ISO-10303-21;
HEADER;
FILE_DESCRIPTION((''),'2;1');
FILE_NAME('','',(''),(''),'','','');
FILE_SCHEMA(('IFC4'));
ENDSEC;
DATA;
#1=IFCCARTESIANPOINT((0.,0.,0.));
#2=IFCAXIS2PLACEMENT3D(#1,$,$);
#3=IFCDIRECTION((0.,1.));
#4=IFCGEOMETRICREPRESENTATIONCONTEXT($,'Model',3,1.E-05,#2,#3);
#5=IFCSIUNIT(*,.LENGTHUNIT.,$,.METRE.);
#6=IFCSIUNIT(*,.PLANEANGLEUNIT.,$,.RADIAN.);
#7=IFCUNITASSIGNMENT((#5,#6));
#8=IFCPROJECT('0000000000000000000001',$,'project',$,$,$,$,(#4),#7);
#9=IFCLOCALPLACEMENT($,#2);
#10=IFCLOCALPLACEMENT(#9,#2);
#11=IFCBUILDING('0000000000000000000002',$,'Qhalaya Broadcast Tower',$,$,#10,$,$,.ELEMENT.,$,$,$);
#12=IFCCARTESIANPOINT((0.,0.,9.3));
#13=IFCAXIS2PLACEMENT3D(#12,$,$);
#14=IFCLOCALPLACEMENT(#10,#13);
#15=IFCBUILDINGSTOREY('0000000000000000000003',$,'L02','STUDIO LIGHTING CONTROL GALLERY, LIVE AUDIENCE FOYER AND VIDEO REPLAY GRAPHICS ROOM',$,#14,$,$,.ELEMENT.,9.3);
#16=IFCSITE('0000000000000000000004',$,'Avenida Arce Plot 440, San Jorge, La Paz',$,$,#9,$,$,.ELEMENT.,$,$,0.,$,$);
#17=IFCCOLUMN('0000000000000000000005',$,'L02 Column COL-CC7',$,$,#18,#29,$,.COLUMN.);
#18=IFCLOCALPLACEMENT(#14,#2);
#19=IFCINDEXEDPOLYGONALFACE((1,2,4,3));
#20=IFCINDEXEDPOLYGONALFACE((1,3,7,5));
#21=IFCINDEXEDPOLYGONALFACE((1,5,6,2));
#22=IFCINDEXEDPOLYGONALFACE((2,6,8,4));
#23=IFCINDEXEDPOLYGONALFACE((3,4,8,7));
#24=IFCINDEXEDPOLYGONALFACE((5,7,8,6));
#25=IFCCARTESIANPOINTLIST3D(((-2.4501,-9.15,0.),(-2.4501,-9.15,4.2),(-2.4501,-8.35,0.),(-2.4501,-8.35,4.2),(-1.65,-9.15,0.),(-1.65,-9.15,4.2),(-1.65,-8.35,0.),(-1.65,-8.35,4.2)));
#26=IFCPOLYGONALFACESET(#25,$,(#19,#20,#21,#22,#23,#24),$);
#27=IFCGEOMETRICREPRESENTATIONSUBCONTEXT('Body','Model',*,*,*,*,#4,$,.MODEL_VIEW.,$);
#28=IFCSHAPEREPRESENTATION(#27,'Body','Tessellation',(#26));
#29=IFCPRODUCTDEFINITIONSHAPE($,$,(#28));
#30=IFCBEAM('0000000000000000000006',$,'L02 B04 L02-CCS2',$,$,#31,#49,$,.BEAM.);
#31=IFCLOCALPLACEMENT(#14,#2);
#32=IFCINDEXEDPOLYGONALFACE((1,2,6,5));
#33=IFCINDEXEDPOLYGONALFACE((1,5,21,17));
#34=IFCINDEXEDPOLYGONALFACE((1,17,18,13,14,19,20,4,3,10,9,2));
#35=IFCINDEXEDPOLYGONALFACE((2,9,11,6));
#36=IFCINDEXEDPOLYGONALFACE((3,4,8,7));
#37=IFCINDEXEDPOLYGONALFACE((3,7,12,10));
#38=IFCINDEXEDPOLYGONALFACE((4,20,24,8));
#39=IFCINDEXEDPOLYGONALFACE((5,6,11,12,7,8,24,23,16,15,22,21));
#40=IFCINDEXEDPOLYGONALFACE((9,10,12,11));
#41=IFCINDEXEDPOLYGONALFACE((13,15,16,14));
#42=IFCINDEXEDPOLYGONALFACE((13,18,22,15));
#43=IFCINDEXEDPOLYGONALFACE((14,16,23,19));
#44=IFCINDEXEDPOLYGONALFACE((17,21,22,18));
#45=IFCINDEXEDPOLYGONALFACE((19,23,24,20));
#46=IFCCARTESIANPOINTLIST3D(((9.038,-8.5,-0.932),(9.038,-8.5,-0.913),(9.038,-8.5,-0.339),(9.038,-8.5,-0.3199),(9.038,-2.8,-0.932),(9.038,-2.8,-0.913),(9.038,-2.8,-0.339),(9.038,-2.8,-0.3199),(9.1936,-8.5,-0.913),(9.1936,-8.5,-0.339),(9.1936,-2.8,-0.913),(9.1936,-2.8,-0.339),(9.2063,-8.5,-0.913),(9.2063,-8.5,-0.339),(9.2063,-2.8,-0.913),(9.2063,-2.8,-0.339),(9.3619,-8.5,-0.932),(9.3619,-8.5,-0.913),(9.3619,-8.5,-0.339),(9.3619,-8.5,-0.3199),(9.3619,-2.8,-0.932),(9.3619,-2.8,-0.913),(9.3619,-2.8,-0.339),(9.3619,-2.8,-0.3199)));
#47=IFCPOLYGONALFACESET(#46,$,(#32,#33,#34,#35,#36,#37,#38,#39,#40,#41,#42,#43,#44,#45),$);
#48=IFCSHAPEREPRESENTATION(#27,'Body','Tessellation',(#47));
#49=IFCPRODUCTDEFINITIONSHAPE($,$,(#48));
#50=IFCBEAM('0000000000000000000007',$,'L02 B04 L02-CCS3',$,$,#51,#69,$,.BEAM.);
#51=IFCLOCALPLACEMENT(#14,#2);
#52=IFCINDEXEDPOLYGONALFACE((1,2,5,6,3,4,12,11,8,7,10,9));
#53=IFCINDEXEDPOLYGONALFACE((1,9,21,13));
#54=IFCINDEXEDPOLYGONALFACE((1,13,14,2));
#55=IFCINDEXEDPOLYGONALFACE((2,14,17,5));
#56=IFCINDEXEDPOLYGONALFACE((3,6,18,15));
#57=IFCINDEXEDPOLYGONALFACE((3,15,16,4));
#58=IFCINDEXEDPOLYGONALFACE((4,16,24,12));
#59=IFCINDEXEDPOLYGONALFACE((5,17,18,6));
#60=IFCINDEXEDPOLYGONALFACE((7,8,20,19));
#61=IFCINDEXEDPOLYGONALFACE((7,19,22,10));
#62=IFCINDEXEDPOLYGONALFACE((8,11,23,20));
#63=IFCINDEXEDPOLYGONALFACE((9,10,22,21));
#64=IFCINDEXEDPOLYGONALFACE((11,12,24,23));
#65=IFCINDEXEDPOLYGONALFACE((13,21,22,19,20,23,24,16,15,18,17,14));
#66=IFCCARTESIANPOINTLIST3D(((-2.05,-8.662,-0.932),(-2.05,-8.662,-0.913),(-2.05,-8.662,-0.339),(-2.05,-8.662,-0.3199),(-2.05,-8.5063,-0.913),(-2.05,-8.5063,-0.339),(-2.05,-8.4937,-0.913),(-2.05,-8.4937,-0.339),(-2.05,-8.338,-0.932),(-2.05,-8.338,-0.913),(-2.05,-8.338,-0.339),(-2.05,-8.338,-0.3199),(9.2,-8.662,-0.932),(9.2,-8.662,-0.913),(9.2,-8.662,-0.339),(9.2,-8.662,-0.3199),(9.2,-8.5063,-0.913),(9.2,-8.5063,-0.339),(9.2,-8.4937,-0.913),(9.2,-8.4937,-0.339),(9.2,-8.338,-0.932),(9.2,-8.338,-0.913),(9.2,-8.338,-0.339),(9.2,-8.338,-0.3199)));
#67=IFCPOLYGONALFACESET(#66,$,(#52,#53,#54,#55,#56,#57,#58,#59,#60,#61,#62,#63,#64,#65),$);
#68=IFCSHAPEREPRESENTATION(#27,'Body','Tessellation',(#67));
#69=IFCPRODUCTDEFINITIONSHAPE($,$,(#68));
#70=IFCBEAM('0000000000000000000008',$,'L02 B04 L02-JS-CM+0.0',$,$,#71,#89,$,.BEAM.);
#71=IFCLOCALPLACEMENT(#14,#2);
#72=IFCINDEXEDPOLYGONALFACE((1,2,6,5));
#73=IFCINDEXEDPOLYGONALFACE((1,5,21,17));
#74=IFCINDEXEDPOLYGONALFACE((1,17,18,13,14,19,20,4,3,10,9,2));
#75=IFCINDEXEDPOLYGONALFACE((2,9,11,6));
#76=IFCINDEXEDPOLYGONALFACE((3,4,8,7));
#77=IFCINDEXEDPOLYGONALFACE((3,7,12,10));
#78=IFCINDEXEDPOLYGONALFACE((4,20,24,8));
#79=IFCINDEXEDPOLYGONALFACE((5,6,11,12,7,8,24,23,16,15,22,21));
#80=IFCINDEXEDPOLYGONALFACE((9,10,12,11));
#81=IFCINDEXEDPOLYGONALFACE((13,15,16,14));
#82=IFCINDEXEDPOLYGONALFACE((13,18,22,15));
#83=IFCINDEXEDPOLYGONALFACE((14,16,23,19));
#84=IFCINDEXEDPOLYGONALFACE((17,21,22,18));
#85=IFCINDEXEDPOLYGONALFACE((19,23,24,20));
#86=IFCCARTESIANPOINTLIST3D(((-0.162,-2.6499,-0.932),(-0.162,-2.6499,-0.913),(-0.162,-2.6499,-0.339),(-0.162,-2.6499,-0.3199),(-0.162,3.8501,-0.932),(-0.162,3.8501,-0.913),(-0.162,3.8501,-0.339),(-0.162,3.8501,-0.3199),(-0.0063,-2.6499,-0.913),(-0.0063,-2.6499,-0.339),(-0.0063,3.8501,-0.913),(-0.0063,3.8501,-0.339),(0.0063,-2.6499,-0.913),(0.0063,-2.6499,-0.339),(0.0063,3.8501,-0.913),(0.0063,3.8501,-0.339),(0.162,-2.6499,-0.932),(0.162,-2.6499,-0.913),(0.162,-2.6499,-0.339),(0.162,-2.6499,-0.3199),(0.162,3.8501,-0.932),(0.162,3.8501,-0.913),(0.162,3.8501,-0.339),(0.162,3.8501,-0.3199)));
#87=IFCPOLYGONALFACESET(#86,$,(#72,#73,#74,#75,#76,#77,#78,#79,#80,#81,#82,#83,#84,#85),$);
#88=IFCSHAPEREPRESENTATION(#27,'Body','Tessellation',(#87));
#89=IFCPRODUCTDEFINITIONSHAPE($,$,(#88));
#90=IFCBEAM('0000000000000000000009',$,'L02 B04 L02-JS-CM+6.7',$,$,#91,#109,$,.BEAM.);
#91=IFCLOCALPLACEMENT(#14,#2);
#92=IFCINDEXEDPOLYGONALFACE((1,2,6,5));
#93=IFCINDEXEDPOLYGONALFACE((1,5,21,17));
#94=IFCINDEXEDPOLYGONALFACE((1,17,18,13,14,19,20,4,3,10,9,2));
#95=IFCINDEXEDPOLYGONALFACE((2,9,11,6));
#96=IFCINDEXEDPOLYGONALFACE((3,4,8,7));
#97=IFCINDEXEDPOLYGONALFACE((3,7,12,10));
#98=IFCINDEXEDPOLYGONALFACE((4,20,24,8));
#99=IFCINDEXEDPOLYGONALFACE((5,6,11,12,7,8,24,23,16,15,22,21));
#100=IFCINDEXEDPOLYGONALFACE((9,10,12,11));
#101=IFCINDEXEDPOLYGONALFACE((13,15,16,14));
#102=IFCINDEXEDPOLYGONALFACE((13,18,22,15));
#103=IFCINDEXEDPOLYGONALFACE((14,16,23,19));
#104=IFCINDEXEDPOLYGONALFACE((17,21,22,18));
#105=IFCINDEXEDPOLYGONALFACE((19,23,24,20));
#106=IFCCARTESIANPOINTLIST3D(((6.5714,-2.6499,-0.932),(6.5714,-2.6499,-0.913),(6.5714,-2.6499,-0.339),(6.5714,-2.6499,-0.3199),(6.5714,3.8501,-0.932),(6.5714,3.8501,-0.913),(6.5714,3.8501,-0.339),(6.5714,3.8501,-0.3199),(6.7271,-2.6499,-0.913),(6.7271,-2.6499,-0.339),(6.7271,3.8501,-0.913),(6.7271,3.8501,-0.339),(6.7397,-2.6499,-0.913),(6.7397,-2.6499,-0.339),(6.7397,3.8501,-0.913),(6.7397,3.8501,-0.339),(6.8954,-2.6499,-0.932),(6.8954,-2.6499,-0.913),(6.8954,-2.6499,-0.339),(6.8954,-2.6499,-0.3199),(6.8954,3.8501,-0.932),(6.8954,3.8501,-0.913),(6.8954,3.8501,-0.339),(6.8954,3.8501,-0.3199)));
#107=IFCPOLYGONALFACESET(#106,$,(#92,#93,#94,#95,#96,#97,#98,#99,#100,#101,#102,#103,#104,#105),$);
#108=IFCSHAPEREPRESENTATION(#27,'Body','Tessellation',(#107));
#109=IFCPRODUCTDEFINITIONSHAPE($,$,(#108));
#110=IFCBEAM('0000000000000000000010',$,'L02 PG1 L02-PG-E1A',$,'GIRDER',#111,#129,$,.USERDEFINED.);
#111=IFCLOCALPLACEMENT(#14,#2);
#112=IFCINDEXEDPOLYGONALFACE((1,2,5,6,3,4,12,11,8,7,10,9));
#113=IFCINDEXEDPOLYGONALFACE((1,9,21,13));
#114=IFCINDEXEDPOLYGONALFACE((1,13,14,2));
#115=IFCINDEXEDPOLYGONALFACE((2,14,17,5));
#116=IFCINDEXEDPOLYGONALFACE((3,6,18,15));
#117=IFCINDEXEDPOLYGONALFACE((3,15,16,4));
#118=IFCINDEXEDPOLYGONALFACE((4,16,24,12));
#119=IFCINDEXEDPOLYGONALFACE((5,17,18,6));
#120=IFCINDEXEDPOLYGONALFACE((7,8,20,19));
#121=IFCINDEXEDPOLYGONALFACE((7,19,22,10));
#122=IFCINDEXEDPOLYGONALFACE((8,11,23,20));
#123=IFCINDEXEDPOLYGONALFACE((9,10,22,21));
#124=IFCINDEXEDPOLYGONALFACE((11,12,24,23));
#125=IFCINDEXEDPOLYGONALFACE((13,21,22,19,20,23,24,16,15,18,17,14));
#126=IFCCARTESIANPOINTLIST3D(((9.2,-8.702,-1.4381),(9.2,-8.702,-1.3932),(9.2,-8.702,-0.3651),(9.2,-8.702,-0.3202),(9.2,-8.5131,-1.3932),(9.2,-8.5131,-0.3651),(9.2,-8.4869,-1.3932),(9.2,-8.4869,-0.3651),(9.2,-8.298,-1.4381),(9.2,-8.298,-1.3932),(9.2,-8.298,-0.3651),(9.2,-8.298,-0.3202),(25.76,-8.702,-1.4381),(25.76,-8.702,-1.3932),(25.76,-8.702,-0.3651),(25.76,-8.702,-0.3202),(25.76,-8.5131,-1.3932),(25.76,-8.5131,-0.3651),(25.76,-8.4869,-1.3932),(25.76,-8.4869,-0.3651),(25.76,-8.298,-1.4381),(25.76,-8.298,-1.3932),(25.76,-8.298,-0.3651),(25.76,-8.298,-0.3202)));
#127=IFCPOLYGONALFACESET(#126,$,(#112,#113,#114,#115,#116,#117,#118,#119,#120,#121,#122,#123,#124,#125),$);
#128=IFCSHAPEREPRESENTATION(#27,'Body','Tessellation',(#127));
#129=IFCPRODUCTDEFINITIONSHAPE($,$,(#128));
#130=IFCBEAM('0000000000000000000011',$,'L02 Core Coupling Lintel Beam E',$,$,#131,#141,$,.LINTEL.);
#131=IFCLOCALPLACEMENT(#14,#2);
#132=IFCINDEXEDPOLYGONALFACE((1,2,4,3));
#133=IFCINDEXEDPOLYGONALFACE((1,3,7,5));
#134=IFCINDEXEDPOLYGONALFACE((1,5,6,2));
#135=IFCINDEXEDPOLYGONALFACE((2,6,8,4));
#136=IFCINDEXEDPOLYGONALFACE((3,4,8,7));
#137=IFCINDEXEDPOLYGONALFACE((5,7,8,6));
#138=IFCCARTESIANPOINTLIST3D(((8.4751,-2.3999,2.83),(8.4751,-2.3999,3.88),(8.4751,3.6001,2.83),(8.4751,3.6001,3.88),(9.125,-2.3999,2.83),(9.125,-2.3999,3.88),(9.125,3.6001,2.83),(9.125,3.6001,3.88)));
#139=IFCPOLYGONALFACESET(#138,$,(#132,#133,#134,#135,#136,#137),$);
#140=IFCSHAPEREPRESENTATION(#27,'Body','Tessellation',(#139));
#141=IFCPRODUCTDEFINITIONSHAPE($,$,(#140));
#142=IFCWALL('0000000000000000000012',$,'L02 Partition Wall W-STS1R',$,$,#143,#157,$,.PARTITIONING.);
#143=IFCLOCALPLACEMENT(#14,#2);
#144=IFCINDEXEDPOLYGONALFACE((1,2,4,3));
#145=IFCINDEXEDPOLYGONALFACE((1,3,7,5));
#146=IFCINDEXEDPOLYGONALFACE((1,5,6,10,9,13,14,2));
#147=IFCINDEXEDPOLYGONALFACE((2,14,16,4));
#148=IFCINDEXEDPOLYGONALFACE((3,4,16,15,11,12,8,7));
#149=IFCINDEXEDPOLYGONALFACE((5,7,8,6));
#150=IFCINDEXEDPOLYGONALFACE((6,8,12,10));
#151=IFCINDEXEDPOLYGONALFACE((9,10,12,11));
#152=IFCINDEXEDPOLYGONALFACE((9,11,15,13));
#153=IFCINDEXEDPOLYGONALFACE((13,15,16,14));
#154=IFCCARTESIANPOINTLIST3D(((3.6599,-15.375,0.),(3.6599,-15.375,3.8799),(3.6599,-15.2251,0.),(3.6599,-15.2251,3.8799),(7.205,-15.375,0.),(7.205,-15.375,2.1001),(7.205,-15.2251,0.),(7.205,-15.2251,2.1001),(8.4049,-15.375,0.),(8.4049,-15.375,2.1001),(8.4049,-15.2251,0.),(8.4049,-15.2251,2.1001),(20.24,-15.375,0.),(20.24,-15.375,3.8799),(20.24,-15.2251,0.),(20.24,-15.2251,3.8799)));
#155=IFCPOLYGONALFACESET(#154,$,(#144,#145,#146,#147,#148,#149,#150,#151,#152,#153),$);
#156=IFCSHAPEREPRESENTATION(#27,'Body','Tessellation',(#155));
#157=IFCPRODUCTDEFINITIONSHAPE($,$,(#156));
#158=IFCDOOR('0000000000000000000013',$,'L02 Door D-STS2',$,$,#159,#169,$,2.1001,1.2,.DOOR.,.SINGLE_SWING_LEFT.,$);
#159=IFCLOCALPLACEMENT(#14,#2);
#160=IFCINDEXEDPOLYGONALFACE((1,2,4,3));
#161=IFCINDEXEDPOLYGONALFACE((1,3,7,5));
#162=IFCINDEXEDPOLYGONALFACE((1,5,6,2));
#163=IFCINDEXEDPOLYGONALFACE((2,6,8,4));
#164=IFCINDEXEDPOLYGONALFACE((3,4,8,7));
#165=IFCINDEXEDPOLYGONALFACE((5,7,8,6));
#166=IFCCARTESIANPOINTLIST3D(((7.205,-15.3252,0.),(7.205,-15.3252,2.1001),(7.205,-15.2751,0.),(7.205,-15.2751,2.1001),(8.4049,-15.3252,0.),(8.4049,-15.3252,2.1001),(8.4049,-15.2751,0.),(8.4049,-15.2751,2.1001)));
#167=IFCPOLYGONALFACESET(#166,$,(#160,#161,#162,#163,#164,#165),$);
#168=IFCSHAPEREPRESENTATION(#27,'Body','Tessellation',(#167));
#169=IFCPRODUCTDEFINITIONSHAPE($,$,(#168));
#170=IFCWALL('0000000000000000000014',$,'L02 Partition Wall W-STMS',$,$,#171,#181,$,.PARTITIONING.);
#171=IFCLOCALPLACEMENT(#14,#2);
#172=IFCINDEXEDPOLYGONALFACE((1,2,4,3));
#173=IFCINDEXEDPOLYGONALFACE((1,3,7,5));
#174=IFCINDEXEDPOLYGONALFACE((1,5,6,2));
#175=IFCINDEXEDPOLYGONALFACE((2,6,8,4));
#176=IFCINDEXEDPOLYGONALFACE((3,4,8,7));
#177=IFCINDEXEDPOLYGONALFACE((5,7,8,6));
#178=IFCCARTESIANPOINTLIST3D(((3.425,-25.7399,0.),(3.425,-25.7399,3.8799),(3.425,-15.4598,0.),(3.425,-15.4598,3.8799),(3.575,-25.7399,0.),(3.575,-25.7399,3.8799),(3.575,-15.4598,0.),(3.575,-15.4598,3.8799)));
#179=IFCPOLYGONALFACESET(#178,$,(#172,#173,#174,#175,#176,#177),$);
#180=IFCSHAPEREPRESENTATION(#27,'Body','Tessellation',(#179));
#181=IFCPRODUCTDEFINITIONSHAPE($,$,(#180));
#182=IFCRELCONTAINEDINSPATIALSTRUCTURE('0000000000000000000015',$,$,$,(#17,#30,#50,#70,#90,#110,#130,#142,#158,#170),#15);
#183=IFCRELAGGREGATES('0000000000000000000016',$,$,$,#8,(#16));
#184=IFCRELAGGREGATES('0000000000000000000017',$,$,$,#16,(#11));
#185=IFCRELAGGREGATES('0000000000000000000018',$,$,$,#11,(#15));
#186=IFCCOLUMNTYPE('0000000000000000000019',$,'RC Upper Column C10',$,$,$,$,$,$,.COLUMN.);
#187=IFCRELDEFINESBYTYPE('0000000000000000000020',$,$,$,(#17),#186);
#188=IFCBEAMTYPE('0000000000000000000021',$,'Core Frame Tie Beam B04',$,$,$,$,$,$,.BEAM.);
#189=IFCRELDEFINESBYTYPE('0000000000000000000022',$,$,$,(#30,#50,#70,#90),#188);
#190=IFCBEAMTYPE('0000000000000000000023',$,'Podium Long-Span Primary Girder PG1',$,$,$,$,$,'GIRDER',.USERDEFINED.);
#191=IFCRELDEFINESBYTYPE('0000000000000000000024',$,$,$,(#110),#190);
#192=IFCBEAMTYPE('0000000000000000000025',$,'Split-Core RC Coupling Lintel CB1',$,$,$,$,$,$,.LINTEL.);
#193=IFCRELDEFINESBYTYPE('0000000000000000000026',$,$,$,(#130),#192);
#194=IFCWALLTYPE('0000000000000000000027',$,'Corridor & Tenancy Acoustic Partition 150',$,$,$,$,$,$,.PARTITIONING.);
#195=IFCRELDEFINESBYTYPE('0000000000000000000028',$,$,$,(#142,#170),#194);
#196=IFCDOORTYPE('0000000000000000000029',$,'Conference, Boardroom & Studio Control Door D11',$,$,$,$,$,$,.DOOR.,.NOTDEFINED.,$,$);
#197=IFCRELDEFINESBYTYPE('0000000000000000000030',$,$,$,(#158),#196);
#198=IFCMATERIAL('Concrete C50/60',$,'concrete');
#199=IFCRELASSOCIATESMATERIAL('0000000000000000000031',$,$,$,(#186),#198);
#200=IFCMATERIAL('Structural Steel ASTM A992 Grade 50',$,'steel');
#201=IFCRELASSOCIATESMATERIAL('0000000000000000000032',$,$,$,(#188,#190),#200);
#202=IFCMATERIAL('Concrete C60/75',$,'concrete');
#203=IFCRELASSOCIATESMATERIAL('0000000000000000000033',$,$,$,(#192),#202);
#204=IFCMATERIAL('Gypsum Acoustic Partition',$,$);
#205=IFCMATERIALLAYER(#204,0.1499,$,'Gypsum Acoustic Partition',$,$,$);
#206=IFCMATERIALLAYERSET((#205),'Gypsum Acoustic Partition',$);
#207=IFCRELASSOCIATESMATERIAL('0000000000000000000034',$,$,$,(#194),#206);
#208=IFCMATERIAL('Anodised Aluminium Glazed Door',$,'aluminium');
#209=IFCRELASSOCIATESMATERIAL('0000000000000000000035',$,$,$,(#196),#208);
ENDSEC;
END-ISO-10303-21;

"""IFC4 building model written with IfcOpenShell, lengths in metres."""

from ifc_helpers import new_model, si_unit, direction, frame, frame_2d, origin, origin_2d, place, context, subcontext, project, spatial, rectangle, i_section, extrude, material, layer, layer_set, material_profile, profile_set, type_object, element, fill, save


model = new_model("IFC4")

# Units and contexts
model_context = context("Model", 3, precision=1e-05, world=origin(), true_north=direction((0.0, 1.0)))
body_context = subcontext(model_context, "Body", "Model", "MODEL_VIEW")
ifc_project = project(units=[si_unit("LENGTHUNIT", "METRE"), si_unit("PLANEANGLEUNIT", "RADIAN")], contexts=[model_context])

# Site, building, storey
site_placement = place(None, origin())
site = spatial("IfcSite", under=ifc_project, at=site_placement, Name="Avenida Arce Plot 440, San Jorge, La Paz", CompositionType="ELEMENT", RefElevation=0.0)
building_placement = place(site_placement, origin())
building = spatial("IfcBuilding", under=site, at=building_placement, Name="Qhalaya Broadcast Tower", CompositionType="ELEMENT")
storey_placement = place(building_placement, frame((0.0, 0.0, 9.3)))
storey = spatial("IfcBuildingStorey", under=building, at=storey_placement, Name="L02", Description="STUDIO LIGHTING CONTROL GALLERY, LIVE AUDIENCE FOYER AND VIDEO REPLAY GRAPHICS ROOM", CompositionType="ELEMENT", Elevation=9.3)

# Column
ifc_material_1 = material(Name="Concrete C50/60", Category="concrete")
ifc_material_profile_1 = material_profile(ifc_material_1, rectangle(XDim=0.8, YDim=0.8, at=origin_2d()), Name="RC-COL 800x800")
ifc_profile_set_1 = profile_set([ifc_material_profile_1], Name="Concrete C50/60")
column_type = type_object("IfcColumnType", Name="RC Upper Column C10", PredefinedType="COLUMN", material=ifc_profile_set_1)
column_placement = place(storey_placement, frame((-2.05, -8.75, 0.0), z_axis=(0.0, 0.0, 1.0), x_axis=(1.0, 0.0, 0.0)))
element("IfcColumn", 1, at=column_placement, inside=storey, type_object=column_type, Name="L02 Column COL-CC7", PredefinedType="COLUMN", context=body_context, shape_type="SweptSolid", body=[
    extrude(rectangle(XDim=0.8, YDim=0.8, at=origin_2d()), origin(), (0.0, 0.0, 1.0), 4.2),
])

# Beams
ifc_material_2 = material(Name="Structural Steel ASTM A992 Grade 50", Category="steel")
ifc_material_profile_2 = material_profile(ifc_material_2, i_section(OverallWidth=0.324, OverallDepth=0.6121, WebThickness=0.0127, FlangeThickness=0.019, at=origin_2d()), Name="W24X104")
ifc_profile_set_2 = profile_set([ifc_material_profile_2], Name="Structural Steel ASTM A992 Grade 50")
beam_type_1 = type_object("IfcBeamType", Name="Core Frame Tie Beam B04", PredefinedType="BEAM", material=ifc_profile_set_2)
beam_1_placement = place(storey_placement, frame((9.2, -8.5, -0.626), z_axis=(0.0, 1.0, 0.0), x_axis=(-1.0, 0.0, 0.0)))
element("IfcBeam", 2, at=beam_1_placement, inside=storey, type_object=beam_type_1, Name="L02 B04 L02-CCS2", PredefinedType="BEAM", context=body_context, shape_type="SweptSolid", body=[
    extrude(i_section(OverallWidth=0.324, OverallDepth=0.6121, WebThickness=0.0127, FlangeThickness=0.019, at=origin_2d()), origin(), (0.0, 0.0, 1.0), 5.7),
])
beam_2_placement = place(storey_placement, frame((-2.05, -8.5, -0.626), z_axis=(1.0, 0.0, 0.0), x_axis=(0.0, 1.0, 0.0)))
element("IfcBeam", 3, at=beam_2_placement, inside=storey, type_object=beam_type_1, Name="L02 B04 L02-CCS3", PredefinedType="BEAM", context=body_context, shape_type="SweptSolid", body=[
    extrude(i_section(OverallWidth=0.324, OverallDepth=0.6121, WebThickness=0.0127, FlangeThickness=0.019, at=origin_2d()), origin(), (0.0, 0.0, 1.0), 11.25),
])
for number, where, z_axis, x_axis, name in (
    (4, (0.0, -2.6499, -0.626), (0.0, 1.0, 0.0), (-1.0, 0.0, 0.0), "L02 B04 L02-JS-CM+0.0"),
    (5, (6.7334, -2.6499, -0.626), (0.0, 1.0, 0.0), (-1.0, 0.0, 0.0), "L02 B04 L02-JS-CM+6.7"),
):
    element("IfcBeam", number, at=place(storey_placement, frame(where, z_axis=z_axis, x_axis=x_axis)), inside=storey, type_object=beam_type_1, Name=name, PredefinedType="BEAM", context=body_context, shape_type="SweptSolid", body=[
        extrude(i_section(OverallWidth=0.324, OverallDepth=0.6121, WebThickness=0.0127, FlangeThickness=0.019, at=origin_2d()), origin(), (0.0, 0.0, 1.0), 6.5),
    ])
ifc_material_profile_3 = material_profile(ifc_material_2, i_section(OverallWidth=0.4041, OverallDepth=1.1179, WebThickness=0.0261, FlangeThickness=0.0449, at=origin_2d()), Name="W44X335")
ifc_profile_set_3 = profile_set([ifc_material_profile_3], Name="Structural Steel ASTM A992 Grade 50")
beam_type_2 = type_object("IfcBeamType", Name="Podium Long-Span Primary Girder PG1", ElementType="GIRDER", PredefinedType="USERDEFINED", material=ifc_profile_set_3)
beam_3_placement = place(storey_placement, frame((9.2, -8.5, -0.8792), z_axis=(1.0, 0.0, 0.0), x_axis=(0.0, 1.0, 0.0)))
element("IfcBeam", 6, at=beam_3_placement, inside=storey, type_object=beam_type_2, Name="L02 PG1 L02-PG-E1A", ObjectType="GIRDER", PredefinedType="USERDEFINED", context=body_context, shape_type="SweptSolid", body=[
    extrude(i_section(OverallWidth=0.4041, OverallDepth=1.1179, WebThickness=0.0261, FlangeThickness=0.0449, at=origin_2d()), origin(), (0.0, 0.0, 1.0), 16.5601),
])
ifc_material_3 = material(Name="Concrete C60/75", Category="concrete")
ifc_material_profile_4 = material_profile(ifc_material_3, rectangle(XDim=0.6499, YDim=1.05, at=origin_2d()), Name="RC-CB 650x1050")
ifc_profile_set_4 = profile_set([ifc_material_profile_4], Name="Concrete C60/75")
beam_type_3 = type_object("IfcBeamType", Name="Split-Core RC Coupling Lintel CB1", PredefinedType="LINTEL", material=ifc_profile_set_4)
beam_4_placement = place(storey_placement, frame((8.8, -2.3999, 3.355), z_axis=(0.0, 1.0, 0.0), x_axis=(-1.0, 0.0, 0.0)))
element("IfcBeam", 7, at=beam_4_placement, inside=storey, type_object=beam_type_3, Name="L02 Core Coupling Lintel Beam E", PredefinedType="LINTEL", context=body_context, shape_type="SweptSolid", body=[
    extrude(rectangle(XDim=0.6499, YDim=1.05, at=origin_2d()), origin(), (0.0, 0.0, 1.0), 6.0),
])

# Wall, opening, door
ifc_material_4 = material(Name="Gypsum Acoustic Partition")
ifc_layer_1 = layer(ifc_material_4, 0.1499, Name="Gypsum Acoustic Partition")
ifc_layer_set_1 = layer_set([ifc_layer_1], Name="Gypsum Acoustic Partition")
wall_type_1 = type_object("IfcWallType", Name="Corridor & Tenancy Acoustic Partition 150", PredefinedType="PARTITIONING", material=ifc_layer_set_1)
wall_1_placement = place(storey_placement, frame((3.6599, -15.3, 0.0), z_axis=(0.0, 0.0, 1.0), x_axis=(1.0, 0.0, 0.0)))
wall_1 = element("IfcWall", 8, at=wall_1_placement, inside=storey, type_object=wall_type_1, Name="L02 Partition Wall W-STS1R", PredefinedType="PARTITIONING", context=body_context, shape_type="SweptSolid", body=[
    extrude(rectangle(XDim=16.5801, YDim=0.1499, at=frame_2d((8.29, 0.0))), origin(), (0.0, 0.0, 1.0), 3.8799),
])
opening_1_placement = place(wall_1_placement, frame((3.5449, 0.0, 0.0)))
opening_1 = element("IfcOpeningElement", 9, at=opening_1_placement, cuts=wall_1, PredefinedType="OPENING", context=body_context, shape_type="SweptSolid", body=[
    extrude(rectangle(XDim=1.2, YDim=2.1001, at=frame_2d((0.6001, 1.05))), frame((0.0, 0.0869, 0.0), z_axis=(0.0, -1.0, 0.0), x_axis=(1.0, 0.0, 0.0)), (0.0, 0.0, 1.0), 0.1738),
])
ifc_material_5 = material(Name="Anodised Aluminium Glazed Door", Category="aluminium")
door_type_1 = type_object("IfcDoorType", Name="Conference, Boardroom & Studio Control Door D11", OperationType="NOTDEFINED", PredefinedType="DOOR", material=ifc_material_5)
door_1_placement = place(opening_1_placement, origin())
door_1 = element("IfcDoor", 10, at=door_1_placement, inside=storey, type_object=door_type_1, Name="L02 Door D-STS2", OperationType="SINGLE_SWING_LEFT", OverallHeight=2.1001, OverallWidth=1.2, PredefinedType="DOOR", context=body_context, shape_type="SweptSolid", body=[
    extrude(rectangle(XDim=1.2, YDim=2.1001, at=frame_2d((0.6001, 1.05))), frame((0.0, 0.0249, 0.0), z_axis=(0.0, -1.0, 0.0), x_axis=(1.0, 0.0, 0.0)), (0.0, 0.0, 1.0), 0.05),
])
fill(opening_1, door_1)

# Wall
wall_2_placement = place(storey_placement, frame((3.5, -25.74, 0.0), z_axis=(0.0, 0.0, 1.0), x_axis=(0.0, 1.0, 0.0)))
element("IfcWall", 11, at=wall_2_placement, inside=storey, type_object=wall_type_1, Name="L02 Partition Wall W-STMS", PredefinedType="PARTITIONING", context=body_context, shape_type="SweptSolid", body=[
    extrude(rectangle(XDim=10.28, YDim=0.1499, at=frame_2d((5.1401, 0.0))), origin(), (0.0, 0.0, 1.0), 3.8799),
])

save(model, "model.ifc")
